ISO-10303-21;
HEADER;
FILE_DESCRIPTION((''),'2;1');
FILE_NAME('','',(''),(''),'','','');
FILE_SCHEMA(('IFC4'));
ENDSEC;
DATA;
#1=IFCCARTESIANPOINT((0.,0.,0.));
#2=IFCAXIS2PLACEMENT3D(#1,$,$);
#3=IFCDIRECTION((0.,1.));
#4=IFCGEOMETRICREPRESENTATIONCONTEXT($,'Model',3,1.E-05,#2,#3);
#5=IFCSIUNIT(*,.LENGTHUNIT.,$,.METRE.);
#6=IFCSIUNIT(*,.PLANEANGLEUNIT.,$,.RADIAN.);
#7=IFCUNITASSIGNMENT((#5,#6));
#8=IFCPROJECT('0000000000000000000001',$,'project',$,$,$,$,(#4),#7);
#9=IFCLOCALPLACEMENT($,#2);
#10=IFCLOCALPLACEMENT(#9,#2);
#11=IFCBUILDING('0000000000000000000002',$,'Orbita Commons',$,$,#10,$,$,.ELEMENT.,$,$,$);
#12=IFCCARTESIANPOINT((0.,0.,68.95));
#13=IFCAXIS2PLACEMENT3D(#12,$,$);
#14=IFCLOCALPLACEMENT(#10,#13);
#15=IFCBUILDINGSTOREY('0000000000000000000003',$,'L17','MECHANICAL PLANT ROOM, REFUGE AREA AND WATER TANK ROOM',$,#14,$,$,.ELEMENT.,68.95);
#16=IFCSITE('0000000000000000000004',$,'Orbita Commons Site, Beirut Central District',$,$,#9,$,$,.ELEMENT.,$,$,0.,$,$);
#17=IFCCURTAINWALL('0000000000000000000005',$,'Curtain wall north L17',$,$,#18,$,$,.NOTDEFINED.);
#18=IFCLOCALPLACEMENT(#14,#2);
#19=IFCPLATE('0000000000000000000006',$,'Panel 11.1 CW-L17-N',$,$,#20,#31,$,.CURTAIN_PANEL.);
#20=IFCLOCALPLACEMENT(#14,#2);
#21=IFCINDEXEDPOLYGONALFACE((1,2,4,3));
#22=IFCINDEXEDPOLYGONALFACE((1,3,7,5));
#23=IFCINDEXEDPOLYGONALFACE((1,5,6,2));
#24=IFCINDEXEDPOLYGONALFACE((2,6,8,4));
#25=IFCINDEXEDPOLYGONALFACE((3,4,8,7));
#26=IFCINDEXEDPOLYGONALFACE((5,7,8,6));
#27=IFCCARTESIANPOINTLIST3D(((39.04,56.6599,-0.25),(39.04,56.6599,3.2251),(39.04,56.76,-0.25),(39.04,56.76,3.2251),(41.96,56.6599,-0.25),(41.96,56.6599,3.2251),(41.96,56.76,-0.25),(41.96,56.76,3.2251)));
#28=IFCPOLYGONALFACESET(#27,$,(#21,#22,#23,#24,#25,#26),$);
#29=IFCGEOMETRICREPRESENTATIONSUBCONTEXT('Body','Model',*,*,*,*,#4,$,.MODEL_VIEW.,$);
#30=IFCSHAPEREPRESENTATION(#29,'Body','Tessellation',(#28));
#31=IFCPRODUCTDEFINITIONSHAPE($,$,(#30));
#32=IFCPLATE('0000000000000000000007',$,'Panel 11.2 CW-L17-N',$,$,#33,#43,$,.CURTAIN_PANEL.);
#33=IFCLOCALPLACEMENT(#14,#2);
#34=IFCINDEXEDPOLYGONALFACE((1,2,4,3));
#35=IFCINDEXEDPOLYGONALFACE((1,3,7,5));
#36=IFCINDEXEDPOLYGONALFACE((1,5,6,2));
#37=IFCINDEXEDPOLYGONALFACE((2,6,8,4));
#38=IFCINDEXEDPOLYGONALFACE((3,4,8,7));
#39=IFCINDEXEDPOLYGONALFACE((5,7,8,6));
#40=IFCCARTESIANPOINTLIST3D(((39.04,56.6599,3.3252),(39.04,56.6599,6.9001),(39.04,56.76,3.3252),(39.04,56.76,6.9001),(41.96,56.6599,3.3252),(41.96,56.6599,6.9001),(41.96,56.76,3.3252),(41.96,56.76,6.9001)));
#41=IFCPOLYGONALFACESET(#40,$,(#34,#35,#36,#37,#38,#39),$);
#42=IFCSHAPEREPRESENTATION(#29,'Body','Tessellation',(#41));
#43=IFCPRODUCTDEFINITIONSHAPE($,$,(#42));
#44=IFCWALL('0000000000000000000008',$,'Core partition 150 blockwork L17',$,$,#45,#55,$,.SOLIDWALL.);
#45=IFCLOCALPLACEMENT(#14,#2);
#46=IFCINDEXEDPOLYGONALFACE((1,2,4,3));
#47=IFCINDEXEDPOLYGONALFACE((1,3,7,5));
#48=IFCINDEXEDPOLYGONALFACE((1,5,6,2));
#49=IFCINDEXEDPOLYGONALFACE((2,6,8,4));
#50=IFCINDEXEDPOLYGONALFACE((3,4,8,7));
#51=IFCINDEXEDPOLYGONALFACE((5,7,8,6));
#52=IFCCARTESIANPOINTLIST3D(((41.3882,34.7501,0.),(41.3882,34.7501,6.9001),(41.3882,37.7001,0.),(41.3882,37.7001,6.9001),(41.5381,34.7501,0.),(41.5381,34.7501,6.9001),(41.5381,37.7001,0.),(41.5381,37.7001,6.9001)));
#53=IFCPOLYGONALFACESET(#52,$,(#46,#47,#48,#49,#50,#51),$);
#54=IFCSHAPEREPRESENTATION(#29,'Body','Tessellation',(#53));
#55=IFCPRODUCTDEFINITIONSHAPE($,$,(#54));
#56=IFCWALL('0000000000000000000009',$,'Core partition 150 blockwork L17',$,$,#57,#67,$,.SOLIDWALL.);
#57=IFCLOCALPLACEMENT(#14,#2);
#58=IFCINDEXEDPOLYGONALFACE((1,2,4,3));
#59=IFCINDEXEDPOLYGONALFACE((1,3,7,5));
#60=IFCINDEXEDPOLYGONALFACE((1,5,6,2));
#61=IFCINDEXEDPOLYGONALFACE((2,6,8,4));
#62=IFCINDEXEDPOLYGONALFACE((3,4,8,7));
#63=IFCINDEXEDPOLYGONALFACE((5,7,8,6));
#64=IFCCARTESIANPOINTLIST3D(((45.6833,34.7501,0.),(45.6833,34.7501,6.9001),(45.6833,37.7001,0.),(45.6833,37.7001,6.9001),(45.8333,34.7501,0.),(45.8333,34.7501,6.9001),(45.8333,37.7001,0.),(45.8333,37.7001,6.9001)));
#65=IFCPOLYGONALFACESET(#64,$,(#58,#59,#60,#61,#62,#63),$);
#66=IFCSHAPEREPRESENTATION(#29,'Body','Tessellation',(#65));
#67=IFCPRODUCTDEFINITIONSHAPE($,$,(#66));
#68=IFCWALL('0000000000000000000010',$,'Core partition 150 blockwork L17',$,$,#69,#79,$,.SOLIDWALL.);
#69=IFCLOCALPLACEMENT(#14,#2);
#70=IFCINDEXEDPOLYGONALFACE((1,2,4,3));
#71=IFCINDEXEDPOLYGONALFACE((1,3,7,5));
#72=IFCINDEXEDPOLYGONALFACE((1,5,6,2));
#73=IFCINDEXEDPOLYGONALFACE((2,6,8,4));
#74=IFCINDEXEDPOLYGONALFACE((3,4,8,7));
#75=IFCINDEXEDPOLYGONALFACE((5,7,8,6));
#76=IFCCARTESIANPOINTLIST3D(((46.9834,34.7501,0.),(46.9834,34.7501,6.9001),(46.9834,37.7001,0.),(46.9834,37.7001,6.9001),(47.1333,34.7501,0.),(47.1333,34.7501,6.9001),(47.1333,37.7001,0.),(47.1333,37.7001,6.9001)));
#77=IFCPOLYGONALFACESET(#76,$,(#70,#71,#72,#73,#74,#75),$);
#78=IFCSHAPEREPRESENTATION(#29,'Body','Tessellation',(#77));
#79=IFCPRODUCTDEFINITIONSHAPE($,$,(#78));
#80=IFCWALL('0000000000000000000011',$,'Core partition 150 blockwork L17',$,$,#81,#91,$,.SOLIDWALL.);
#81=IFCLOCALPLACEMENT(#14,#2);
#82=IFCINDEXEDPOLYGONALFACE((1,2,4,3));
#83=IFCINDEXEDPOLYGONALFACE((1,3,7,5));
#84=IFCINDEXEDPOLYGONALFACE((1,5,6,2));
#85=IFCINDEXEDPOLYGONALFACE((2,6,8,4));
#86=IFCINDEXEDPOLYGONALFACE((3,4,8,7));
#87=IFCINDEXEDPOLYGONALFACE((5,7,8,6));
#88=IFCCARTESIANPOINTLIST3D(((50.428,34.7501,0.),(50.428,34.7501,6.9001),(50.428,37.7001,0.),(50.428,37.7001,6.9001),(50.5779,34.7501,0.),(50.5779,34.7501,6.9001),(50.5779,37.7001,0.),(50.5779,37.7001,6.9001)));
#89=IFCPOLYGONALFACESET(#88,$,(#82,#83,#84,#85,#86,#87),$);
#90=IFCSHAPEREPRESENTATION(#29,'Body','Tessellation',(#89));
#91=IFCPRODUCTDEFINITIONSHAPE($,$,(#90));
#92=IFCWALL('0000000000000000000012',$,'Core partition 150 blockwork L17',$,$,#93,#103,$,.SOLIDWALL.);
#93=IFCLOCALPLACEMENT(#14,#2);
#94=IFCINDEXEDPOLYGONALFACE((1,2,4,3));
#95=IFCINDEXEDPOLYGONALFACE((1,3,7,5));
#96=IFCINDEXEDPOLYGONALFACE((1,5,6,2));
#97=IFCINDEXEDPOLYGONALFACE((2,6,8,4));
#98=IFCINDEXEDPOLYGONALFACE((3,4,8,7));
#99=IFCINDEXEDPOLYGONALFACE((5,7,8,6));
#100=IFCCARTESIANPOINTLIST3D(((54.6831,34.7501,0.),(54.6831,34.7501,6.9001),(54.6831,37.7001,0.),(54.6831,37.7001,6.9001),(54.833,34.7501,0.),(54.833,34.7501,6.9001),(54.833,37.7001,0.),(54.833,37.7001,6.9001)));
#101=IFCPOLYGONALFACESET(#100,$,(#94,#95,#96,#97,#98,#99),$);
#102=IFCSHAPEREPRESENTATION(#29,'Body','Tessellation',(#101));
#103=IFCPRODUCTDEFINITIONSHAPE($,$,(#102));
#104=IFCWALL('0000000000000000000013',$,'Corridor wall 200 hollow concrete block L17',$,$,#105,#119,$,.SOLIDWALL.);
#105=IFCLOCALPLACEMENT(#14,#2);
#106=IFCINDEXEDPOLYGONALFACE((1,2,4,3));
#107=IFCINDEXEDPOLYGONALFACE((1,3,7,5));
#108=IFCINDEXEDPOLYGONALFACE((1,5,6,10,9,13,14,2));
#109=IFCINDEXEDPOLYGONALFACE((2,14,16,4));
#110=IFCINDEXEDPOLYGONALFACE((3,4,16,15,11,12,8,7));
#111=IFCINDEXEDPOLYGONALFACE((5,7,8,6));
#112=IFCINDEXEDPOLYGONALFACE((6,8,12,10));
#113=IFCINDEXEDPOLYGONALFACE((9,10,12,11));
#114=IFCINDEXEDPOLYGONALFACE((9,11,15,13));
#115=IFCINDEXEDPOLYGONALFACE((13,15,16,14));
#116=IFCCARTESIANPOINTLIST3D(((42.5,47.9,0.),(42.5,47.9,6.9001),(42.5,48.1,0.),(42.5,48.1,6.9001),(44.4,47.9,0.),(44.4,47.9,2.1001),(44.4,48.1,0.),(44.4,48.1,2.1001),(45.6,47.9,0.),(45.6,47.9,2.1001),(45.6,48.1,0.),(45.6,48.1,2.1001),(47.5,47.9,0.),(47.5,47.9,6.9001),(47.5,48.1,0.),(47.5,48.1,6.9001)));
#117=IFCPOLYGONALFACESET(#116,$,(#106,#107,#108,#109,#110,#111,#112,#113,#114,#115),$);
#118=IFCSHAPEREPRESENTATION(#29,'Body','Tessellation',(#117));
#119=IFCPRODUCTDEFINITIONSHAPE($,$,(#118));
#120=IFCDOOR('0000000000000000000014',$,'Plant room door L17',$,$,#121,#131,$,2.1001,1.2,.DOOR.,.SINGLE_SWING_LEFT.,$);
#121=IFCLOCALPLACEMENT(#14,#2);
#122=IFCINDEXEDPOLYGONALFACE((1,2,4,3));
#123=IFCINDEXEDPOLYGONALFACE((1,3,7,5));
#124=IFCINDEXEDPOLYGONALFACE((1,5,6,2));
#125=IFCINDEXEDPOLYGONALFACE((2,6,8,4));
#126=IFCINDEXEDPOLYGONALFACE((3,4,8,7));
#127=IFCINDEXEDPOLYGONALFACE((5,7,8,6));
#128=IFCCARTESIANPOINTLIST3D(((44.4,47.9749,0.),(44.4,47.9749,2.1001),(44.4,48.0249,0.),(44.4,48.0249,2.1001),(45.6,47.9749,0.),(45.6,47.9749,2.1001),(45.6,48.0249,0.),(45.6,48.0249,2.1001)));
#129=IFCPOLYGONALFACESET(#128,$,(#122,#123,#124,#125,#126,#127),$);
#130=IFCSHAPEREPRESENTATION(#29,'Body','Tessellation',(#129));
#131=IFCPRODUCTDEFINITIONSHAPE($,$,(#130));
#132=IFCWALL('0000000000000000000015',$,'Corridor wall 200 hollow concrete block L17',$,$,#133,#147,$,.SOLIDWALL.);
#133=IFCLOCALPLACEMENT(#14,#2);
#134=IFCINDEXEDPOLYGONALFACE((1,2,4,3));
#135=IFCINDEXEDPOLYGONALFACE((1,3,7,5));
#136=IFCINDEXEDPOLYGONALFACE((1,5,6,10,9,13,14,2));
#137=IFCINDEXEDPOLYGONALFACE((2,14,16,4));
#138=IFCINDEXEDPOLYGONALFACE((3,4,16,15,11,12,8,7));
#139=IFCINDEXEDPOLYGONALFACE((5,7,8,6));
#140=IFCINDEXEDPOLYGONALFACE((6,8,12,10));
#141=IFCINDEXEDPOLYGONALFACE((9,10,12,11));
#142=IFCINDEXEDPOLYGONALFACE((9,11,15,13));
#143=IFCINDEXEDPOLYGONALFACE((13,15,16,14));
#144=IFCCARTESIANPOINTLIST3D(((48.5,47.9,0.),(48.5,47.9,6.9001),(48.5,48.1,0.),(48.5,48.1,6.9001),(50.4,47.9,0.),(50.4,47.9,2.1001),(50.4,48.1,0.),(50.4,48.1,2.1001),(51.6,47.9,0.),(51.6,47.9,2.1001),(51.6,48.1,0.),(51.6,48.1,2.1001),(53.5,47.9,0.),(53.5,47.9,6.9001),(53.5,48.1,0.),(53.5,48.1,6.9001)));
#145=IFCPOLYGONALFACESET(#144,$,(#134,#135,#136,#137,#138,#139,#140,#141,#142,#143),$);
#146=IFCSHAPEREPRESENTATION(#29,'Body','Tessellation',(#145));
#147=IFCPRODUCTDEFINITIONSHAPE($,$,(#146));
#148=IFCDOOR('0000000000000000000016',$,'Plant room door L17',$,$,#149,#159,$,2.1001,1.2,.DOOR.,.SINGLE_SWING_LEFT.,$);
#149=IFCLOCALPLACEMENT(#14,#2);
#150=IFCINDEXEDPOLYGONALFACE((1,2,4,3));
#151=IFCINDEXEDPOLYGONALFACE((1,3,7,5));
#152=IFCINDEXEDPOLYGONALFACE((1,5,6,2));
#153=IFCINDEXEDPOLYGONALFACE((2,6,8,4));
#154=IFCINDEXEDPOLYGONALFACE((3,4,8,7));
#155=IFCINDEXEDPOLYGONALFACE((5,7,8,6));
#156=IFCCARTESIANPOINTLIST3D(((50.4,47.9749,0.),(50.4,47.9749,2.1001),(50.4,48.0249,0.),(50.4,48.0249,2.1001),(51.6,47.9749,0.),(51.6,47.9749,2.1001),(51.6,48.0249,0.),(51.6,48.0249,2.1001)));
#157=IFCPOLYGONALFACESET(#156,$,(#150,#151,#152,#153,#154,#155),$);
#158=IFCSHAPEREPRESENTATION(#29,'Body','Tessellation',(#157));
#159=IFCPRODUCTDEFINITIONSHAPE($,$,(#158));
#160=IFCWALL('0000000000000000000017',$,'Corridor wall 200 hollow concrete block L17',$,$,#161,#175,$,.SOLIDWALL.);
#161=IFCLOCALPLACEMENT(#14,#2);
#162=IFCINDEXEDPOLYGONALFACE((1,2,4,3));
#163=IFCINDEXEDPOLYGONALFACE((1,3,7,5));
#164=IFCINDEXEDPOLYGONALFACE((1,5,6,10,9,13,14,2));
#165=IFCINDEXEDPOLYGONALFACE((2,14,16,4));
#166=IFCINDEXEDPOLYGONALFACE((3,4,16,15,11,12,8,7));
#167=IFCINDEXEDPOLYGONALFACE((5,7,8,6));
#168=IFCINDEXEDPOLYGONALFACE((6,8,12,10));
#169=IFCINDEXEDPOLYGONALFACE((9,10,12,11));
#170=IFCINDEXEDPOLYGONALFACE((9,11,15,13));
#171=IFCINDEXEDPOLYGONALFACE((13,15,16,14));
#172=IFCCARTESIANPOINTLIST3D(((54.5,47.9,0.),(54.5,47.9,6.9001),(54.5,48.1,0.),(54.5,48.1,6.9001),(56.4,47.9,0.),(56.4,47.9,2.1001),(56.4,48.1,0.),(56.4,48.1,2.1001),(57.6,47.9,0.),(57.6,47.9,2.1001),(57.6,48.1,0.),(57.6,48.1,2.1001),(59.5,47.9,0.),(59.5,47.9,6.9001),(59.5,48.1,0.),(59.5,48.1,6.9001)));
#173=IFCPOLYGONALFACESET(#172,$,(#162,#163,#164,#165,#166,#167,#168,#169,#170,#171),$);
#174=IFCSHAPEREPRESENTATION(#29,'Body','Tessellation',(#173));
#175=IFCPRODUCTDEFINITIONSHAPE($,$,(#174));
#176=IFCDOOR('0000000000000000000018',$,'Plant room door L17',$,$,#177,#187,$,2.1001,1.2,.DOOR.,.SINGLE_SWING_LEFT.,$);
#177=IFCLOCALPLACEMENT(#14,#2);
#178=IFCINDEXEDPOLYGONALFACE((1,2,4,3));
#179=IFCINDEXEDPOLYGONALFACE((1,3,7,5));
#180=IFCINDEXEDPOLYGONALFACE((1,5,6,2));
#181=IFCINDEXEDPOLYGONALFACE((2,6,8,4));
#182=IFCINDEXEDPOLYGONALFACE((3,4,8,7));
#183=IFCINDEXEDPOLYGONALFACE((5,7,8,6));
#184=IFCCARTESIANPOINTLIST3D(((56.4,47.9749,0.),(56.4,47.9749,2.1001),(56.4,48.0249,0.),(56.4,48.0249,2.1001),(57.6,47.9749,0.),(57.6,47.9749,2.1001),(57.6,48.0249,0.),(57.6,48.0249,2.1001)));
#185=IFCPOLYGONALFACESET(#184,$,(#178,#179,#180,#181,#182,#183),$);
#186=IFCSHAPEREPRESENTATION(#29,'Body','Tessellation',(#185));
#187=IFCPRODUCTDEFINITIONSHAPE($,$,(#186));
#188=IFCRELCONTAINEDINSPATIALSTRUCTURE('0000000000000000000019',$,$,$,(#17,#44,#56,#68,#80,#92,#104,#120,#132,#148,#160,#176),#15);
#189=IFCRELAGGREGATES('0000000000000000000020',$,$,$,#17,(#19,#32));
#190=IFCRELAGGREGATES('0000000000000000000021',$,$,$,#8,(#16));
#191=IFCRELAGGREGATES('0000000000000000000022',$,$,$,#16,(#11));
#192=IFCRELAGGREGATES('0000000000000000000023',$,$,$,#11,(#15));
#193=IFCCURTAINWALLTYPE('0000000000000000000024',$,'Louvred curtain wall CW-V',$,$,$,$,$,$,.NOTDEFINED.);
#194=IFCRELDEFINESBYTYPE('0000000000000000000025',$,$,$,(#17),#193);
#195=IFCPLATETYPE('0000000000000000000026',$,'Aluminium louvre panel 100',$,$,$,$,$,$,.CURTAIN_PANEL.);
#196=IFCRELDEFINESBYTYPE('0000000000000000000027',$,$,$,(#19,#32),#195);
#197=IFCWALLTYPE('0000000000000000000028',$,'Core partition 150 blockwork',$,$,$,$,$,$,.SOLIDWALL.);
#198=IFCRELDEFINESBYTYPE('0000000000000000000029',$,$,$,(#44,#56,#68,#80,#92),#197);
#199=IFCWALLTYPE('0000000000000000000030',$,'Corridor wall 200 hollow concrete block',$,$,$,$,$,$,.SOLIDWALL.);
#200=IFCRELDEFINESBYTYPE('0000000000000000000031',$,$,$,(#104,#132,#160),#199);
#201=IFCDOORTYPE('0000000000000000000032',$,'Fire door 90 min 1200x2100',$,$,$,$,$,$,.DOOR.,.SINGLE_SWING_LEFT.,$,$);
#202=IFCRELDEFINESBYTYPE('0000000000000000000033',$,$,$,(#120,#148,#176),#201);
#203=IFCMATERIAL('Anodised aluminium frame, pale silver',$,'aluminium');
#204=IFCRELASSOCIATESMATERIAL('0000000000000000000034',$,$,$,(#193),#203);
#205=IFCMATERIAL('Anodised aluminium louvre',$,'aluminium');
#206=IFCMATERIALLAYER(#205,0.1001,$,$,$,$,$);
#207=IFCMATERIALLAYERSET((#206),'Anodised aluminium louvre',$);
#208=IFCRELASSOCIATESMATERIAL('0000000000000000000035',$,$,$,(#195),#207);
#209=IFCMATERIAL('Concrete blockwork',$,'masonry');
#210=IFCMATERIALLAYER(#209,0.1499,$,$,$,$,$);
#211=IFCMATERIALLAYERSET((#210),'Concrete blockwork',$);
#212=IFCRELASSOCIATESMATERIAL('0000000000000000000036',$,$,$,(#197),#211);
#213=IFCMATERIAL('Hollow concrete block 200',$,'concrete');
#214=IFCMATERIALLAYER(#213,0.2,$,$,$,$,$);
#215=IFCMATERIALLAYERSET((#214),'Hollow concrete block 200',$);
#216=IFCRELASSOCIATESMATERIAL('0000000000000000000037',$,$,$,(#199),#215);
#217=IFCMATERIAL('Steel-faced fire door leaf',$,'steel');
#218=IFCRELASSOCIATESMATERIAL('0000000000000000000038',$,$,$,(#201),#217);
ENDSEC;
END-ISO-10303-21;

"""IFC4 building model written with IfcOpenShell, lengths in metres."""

from ifc_helpers import new_model, si_unit, direction, frame, frame_2d, origin, origin_2d, place, context, subcontext, project, spatial, rectangle, extrude, material, layer, layer_set, type_object, element, fill, aggregate, save


model = new_model("IFC4")

# Units and contexts
model_context = context("Model", 3, precision=1e-05, world=origin(), true_north=direction((0.0, 1.0)))
body_context = subcontext(model_context, "Body", "Model", "MODEL_VIEW")
ifc_project = project(units=[si_unit("LENGTHUNIT", "METRE"), si_unit("PLANEANGLEUNIT", "RADIAN")], contexts=[model_context])

# Site, building, storey
site_placement = place(None, origin())
site = spatial("IfcSite", under=ifc_project, at=site_placement, Name="Orbita Commons Site, Beirut Central District", CompositionType="ELEMENT", RefElevation=0.0)
building_placement = place(site_placement, origin())
building = spatial("IfcBuilding", under=site, at=building_placement, Name="Orbita Commons", CompositionType="ELEMENT")
storey_placement = place(building_placement, frame((0.0, 0.0, 68.95)))
storey = spatial("IfcBuildingStorey", under=building, at=storey_placement, Name="L17", Description="MECHANICAL PLANT ROOM, REFUGE AREA AND WATER TANK ROOM", CompositionType="ELEMENT", Elevation=68.95)

# Curtain wall, plates
ifc_material_1 = material(Name="Anodised aluminium frame, pale silver", Category="aluminium")
curtain_wall_type = type_object("IfcCurtainWallType", Name="Louvred curtain wall CW-V", PredefinedType="NOTDEFINED", material=ifc_material_1)
curtain_wall_placement = place(storey_placement, origin())
curtain_wall = element("IfcCurtainWall", 1, at=curtain_wall_placement, inside=storey, type_object=curtain_wall_type, Name="Curtain wall north L17", PredefinedType="NOTDEFINED")
ifc_material_2 = material(Name="Anodised aluminium louvre", Category="aluminium")
ifc_layer_1 = layer(ifc_material_2, 0.1001)
ifc_layer_set_1 = layer_set([ifc_layer_1], Name="Anodised aluminium louvre")
plate_type = type_object("IfcPlateType", Name="Aluminium louvre panel 100", PredefinedType="CURTAIN_PANEL", material=ifc_layer_set_1)
plate_1_placement = place(storey_placement, frame((40.5, 56.71, -0.25), z_axis=(0.0, 0.0, 1.0), x_axis=(-1.0, 0.0, 0.0)))
plate_1 = element("IfcPlate", 2, at=plate_1_placement, type_object=plate_type, Name="Panel 11.1 CW-L17-N", PredefinedType="CURTAIN_PANEL", context=body_context, shape_type="SweptSolid", body=[
    extrude(rectangle(XDim=2.9199, YDim=0.1001, at=origin_2d()), origin(), (0.0, 0.0, 1.0), 3.4751),
])
plate_2_placement = place(storey_placement, frame((40.5, 56.71, 3.3252), z_axis=(0.0, 0.0, 1.0), x_axis=(-1.0, 0.0, 0.0)))
plate_2 = element("IfcPlate", 3, at=plate_2_placement, type_object=plate_type, Name="Panel 11.2 CW-L17-N", PredefinedType="CURTAIN_PANEL", context=body_context, shape_type="SweptSolid", body=[
    extrude(rectangle(XDim=2.9199, YDim=0.1001, at=origin_2d()), origin(), (0.0, 0.0, 1.0), 3.575),
])
aggregate(curtain_wall, [plate_1, plate_2])

# Walls
ifc_material_3 = material(Name="Concrete blockwork", Category="masonry")
ifc_layer_2 = layer(ifc_material_3, 0.1499)
ifc_layer_set_2 = layer_set([ifc_layer_2], Name="Concrete blockwork")
wall_type_1 = type_object("IfcWallType", Name="Core partition 150 blockwork", PredefinedType="SOLIDWALL", material=ifc_layer_set_2)
for number, where, z_axis, x_axis, name in (
    (4, (41.4631, 34.75, 0.0), (0.0, 0.0, 1.0), (0.0, 1.0, 0.0), "Core partition 150 blockwork L17"),
    (5, (45.7583, 34.75, 0.0), (0.0, 0.0, 1.0), (0.0, 1.0, 0.0), "Core partition 150 blockwork L17"),
    (6, (47.0583, 34.75, 0.0), (0.0, 0.0, 1.0), (0.0, 1.0, 0.0), "Core partition 150 blockwork L17"),
    (7, (50.5029, 34.75, 0.0), (0.0, 0.0, 1.0), (0.0, 1.0, 0.0), "Core partition 150 blockwork L17"),
    (8, (54.7581, 34.75, 0.0), (0.0, 0.0, 1.0), (0.0, 1.0, 0.0), "Core partition 150 blockwork L17"),
):
    element("IfcWall", number, at=place(storey_placement, frame(where, z_axis=z_axis, x_axis=x_axis)), inside=storey, type_object=wall_type_1, Name=name, PredefinedType="SOLIDWALL", context=body_context, shape_type="SweptSolid", body=[
        extrude(rectangle(XDim=2.95, YDim=0.1499, at=frame_2d((1.4751, 0.0))), origin(), (0.0, 0.0, 1.0), 6.9001),
    ])

# Walls, openings, doors
ifc_material_4 = material(Name="Hollow concrete block 200", Category="concrete")
ifc_layer_3 = layer(ifc_material_4, 0.2)
ifc_layer_set_3 = layer_set([ifc_layer_3], Name="Hollow concrete block 200")
wall_type_2 = type_object("IfcWallType", Name="Corridor wall 200 hollow concrete block", PredefinedType="SOLIDWALL", material=ifc_layer_set_3)
wall_1_placement = place(storey_placement, frame((42.5, 48.0, 0.0), z_axis=(0.0, 0.0, 1.0), x_axis=(1.0, 0.0, 0.0)))
wall_1 = element("IfcWall", 9, at=wall_1_placement, inside=storey, type_object=wall_type_2, Name="Corridor wall 200 hollow concrete block L17", PredefinedType="SOLIDWALL", context=body_context, shape_type="SweptSolid", body=[
    extrude(rectangle(XDim=5.0, YDim=0.2, at=frame_2d((2.5, 0.0))), origin(), (0.0, 0.0, 1.0), 6.9001),
])
opening_1_placement = place(wall_1_placement, frame((1.8999, 0.0, 0.0)))
opening_1 = element("IfcOpeningElement", 10, at=opening_1_placement, cuts=wall_1, PredefinedType="OPENING", context=body_context, shape_type="SweptSolid", body=[
    extrude(rectangle(XDim=1.2, YDim=2.1001, at=frame_2d((0.6001, 1.05))), frame((0.0, 0.1099, 0.0), z_axis=(0.0, -1.0, 0.0), x_axis=(1.0, 0.0, 0.0)), (0.0, 0.0, 1.0), 0.22),
])
ifc_material_5 = material(Name="Steel-faced fire door leaf", Category="steel")
door_type = type_object("IfcDoorType", Name="Fire door 90 min 1200x2100", OperationType="SINGLE_SWING_LEFT", PredefinedType="DOOR", material=ifc_material_5)
door_1_placement = place(opening_1_placement, origin())
door_1 = element("IfcDoor", 11, at=door_1_placement, inside=storey, type_object=door_type, Name="Plant room door L17", OperationType="SINGLE_SWING_LEFT", OverallHeight=2.1001, OverallWidth=1.2, PredefinedType="DOOR", context=body_context, shape_type="SweptSolid", body=[
    extrude(rectangle(XDim=1.2, YDim=2.1001, at=frame_2d((0.6001, 1.05))), frame((0.0, 0.0249, 0.0), z_axis=(0.0, -1.0, 0.0), x_axis=(1.0, 0.0, 0.0)), (0.0, 0.0, 1.0), 0.05),
])
fill(opening_1, door_1)
wall_2_placement = place(storey_placement, frame((48.5, 48.0, 0.0), z_axis=(0.0, 0.0, 1.0), x_axis=(1.0, 0.0, 0.0)))
wall_2 = element("IfcWall", 12, at=wall_2_placement, inside=storey, type_object=wall_type_2, Name="Corridor wall 200 hollow concrete block L17", PredefinedType="SOLIDWALL", context=body_context, shape_type="SweptSolid", body=[
    extrude(rectangle(XDim=5.0, YDim=0.2, at=frame_2d((2.5, 0.0))), origin(), (0.0, 0.0, 1.0), 6.9001),
])
opening_2_placement = place(wall_2_placement, frame((1.8999, 0.0, 0.0)))
opening_2 = element("IfcOpeningElement", 13, at=opening_2_placement, cuts=wall_2, PredefinedType="OPENING", context=body_context, shape_type="SweptSolid", body=[
    extrude(rectangle(XDim=1.2, YDim=2.1001, at=frame_2d((0.6001, 1.05))), frame((0.0, 0.1099, 0.0), z_axis=(0.0, -1.0, 0.0), x_axis=(1.0, 0.0, 0.0)), (0.0, 0.0, 1.0), 0.22),
])
door_2_placement = place(opening_2_placement, origin())
door_2 = element("IfcDoor", 14, at=door_2_placement, inside=storey, type_object=door_type, Name="Plant room door L17", OperationType="SINGLE_SWING_LEFT", OverallHeight=2.1001, OverallWidth=1.2, PredefinedType="DOOR", context=body_context, shape_type="SweptSolid", body=[
    extrude(rectangle(XDim=1.2, YDim=2.1001, at=frame_2d((0.6001, 1.05))), frame((0.0, 0.0249, 0.0), z_axis=(0.0, -1.0, 0.0), x_axis=(1.0, 0.0, 0.0)), (0.0, 0.0, 1.0), 0.05),
])
fill(opening_2, door_2)
wall_3_placement = place(storey_placement, frame((54.5, 48.0, 0.0), z_axis=(0.0, 0.0, 1.0), x_axis=(1.0, 0.0, 0.0)))
wall_3 = element("IfcWall", 15, at=wall_3_placement, inside=storey, type_object=wall_type_2, Name="Corridor wall 200 hollow concrete block L17", PredefinedType="SOLIDWALL", context=body_context, shape_type="SweptSolid", body=[
    extrude(rectangle(XDim=5.0, YDim=0.2, at=frame_2d((2.5, 0.0))), origin(), (0.0, 0.0, 1.0), 6.9001),
])
opening_3_placement = place(wall_3_placement, frame((1.8999, 0.0, 0.0)))
opening_3 = element("IfcOpeningElement", 16, at=opening_3_placement, cuts=wall_3, PredefinedType="OPENING", context=body_context, shape_type="SweptSolid", body=[
    extrude(rectangle(XDim=1.2, YDim=2.1001, at=frame_2d((0.6001, 1.05))), frame((0.0, 0.1099, 0.0), z_axis=(0.0, -1.0, 0.0), x_axis=(1.0, 0.0, 0.0)), (0.0, 0.0, 1.0), 0.22),
])
door_3_placement = place(opening_3_placement, origin())
door_3 = element("IfcDoor", 17, at=door_3_placement, inside=storey, type_object=door_type, Name="Plant room door L17", OperationType="SINGLE_SWING_LEFT", OverallHeight=2.1001, OverallWidth=1.2, PredefinedType="DOOR", context=body_context, shape_type="SweptSolid", body=[
    extrude(rectangle(XDim=1.2, YDim=2.1001, at=frame_2d((0.6001, 1.05))), frame((0.0, 0.0249, 0.0), z_axis=(0.0, -1.0, 0.0), x_axis=(1.0, 0.0, 0.0)), (0.0, 0.0, 1.0), 0.05),
])
fill(opening_3, door_3)

save(model, "model.ifc")
